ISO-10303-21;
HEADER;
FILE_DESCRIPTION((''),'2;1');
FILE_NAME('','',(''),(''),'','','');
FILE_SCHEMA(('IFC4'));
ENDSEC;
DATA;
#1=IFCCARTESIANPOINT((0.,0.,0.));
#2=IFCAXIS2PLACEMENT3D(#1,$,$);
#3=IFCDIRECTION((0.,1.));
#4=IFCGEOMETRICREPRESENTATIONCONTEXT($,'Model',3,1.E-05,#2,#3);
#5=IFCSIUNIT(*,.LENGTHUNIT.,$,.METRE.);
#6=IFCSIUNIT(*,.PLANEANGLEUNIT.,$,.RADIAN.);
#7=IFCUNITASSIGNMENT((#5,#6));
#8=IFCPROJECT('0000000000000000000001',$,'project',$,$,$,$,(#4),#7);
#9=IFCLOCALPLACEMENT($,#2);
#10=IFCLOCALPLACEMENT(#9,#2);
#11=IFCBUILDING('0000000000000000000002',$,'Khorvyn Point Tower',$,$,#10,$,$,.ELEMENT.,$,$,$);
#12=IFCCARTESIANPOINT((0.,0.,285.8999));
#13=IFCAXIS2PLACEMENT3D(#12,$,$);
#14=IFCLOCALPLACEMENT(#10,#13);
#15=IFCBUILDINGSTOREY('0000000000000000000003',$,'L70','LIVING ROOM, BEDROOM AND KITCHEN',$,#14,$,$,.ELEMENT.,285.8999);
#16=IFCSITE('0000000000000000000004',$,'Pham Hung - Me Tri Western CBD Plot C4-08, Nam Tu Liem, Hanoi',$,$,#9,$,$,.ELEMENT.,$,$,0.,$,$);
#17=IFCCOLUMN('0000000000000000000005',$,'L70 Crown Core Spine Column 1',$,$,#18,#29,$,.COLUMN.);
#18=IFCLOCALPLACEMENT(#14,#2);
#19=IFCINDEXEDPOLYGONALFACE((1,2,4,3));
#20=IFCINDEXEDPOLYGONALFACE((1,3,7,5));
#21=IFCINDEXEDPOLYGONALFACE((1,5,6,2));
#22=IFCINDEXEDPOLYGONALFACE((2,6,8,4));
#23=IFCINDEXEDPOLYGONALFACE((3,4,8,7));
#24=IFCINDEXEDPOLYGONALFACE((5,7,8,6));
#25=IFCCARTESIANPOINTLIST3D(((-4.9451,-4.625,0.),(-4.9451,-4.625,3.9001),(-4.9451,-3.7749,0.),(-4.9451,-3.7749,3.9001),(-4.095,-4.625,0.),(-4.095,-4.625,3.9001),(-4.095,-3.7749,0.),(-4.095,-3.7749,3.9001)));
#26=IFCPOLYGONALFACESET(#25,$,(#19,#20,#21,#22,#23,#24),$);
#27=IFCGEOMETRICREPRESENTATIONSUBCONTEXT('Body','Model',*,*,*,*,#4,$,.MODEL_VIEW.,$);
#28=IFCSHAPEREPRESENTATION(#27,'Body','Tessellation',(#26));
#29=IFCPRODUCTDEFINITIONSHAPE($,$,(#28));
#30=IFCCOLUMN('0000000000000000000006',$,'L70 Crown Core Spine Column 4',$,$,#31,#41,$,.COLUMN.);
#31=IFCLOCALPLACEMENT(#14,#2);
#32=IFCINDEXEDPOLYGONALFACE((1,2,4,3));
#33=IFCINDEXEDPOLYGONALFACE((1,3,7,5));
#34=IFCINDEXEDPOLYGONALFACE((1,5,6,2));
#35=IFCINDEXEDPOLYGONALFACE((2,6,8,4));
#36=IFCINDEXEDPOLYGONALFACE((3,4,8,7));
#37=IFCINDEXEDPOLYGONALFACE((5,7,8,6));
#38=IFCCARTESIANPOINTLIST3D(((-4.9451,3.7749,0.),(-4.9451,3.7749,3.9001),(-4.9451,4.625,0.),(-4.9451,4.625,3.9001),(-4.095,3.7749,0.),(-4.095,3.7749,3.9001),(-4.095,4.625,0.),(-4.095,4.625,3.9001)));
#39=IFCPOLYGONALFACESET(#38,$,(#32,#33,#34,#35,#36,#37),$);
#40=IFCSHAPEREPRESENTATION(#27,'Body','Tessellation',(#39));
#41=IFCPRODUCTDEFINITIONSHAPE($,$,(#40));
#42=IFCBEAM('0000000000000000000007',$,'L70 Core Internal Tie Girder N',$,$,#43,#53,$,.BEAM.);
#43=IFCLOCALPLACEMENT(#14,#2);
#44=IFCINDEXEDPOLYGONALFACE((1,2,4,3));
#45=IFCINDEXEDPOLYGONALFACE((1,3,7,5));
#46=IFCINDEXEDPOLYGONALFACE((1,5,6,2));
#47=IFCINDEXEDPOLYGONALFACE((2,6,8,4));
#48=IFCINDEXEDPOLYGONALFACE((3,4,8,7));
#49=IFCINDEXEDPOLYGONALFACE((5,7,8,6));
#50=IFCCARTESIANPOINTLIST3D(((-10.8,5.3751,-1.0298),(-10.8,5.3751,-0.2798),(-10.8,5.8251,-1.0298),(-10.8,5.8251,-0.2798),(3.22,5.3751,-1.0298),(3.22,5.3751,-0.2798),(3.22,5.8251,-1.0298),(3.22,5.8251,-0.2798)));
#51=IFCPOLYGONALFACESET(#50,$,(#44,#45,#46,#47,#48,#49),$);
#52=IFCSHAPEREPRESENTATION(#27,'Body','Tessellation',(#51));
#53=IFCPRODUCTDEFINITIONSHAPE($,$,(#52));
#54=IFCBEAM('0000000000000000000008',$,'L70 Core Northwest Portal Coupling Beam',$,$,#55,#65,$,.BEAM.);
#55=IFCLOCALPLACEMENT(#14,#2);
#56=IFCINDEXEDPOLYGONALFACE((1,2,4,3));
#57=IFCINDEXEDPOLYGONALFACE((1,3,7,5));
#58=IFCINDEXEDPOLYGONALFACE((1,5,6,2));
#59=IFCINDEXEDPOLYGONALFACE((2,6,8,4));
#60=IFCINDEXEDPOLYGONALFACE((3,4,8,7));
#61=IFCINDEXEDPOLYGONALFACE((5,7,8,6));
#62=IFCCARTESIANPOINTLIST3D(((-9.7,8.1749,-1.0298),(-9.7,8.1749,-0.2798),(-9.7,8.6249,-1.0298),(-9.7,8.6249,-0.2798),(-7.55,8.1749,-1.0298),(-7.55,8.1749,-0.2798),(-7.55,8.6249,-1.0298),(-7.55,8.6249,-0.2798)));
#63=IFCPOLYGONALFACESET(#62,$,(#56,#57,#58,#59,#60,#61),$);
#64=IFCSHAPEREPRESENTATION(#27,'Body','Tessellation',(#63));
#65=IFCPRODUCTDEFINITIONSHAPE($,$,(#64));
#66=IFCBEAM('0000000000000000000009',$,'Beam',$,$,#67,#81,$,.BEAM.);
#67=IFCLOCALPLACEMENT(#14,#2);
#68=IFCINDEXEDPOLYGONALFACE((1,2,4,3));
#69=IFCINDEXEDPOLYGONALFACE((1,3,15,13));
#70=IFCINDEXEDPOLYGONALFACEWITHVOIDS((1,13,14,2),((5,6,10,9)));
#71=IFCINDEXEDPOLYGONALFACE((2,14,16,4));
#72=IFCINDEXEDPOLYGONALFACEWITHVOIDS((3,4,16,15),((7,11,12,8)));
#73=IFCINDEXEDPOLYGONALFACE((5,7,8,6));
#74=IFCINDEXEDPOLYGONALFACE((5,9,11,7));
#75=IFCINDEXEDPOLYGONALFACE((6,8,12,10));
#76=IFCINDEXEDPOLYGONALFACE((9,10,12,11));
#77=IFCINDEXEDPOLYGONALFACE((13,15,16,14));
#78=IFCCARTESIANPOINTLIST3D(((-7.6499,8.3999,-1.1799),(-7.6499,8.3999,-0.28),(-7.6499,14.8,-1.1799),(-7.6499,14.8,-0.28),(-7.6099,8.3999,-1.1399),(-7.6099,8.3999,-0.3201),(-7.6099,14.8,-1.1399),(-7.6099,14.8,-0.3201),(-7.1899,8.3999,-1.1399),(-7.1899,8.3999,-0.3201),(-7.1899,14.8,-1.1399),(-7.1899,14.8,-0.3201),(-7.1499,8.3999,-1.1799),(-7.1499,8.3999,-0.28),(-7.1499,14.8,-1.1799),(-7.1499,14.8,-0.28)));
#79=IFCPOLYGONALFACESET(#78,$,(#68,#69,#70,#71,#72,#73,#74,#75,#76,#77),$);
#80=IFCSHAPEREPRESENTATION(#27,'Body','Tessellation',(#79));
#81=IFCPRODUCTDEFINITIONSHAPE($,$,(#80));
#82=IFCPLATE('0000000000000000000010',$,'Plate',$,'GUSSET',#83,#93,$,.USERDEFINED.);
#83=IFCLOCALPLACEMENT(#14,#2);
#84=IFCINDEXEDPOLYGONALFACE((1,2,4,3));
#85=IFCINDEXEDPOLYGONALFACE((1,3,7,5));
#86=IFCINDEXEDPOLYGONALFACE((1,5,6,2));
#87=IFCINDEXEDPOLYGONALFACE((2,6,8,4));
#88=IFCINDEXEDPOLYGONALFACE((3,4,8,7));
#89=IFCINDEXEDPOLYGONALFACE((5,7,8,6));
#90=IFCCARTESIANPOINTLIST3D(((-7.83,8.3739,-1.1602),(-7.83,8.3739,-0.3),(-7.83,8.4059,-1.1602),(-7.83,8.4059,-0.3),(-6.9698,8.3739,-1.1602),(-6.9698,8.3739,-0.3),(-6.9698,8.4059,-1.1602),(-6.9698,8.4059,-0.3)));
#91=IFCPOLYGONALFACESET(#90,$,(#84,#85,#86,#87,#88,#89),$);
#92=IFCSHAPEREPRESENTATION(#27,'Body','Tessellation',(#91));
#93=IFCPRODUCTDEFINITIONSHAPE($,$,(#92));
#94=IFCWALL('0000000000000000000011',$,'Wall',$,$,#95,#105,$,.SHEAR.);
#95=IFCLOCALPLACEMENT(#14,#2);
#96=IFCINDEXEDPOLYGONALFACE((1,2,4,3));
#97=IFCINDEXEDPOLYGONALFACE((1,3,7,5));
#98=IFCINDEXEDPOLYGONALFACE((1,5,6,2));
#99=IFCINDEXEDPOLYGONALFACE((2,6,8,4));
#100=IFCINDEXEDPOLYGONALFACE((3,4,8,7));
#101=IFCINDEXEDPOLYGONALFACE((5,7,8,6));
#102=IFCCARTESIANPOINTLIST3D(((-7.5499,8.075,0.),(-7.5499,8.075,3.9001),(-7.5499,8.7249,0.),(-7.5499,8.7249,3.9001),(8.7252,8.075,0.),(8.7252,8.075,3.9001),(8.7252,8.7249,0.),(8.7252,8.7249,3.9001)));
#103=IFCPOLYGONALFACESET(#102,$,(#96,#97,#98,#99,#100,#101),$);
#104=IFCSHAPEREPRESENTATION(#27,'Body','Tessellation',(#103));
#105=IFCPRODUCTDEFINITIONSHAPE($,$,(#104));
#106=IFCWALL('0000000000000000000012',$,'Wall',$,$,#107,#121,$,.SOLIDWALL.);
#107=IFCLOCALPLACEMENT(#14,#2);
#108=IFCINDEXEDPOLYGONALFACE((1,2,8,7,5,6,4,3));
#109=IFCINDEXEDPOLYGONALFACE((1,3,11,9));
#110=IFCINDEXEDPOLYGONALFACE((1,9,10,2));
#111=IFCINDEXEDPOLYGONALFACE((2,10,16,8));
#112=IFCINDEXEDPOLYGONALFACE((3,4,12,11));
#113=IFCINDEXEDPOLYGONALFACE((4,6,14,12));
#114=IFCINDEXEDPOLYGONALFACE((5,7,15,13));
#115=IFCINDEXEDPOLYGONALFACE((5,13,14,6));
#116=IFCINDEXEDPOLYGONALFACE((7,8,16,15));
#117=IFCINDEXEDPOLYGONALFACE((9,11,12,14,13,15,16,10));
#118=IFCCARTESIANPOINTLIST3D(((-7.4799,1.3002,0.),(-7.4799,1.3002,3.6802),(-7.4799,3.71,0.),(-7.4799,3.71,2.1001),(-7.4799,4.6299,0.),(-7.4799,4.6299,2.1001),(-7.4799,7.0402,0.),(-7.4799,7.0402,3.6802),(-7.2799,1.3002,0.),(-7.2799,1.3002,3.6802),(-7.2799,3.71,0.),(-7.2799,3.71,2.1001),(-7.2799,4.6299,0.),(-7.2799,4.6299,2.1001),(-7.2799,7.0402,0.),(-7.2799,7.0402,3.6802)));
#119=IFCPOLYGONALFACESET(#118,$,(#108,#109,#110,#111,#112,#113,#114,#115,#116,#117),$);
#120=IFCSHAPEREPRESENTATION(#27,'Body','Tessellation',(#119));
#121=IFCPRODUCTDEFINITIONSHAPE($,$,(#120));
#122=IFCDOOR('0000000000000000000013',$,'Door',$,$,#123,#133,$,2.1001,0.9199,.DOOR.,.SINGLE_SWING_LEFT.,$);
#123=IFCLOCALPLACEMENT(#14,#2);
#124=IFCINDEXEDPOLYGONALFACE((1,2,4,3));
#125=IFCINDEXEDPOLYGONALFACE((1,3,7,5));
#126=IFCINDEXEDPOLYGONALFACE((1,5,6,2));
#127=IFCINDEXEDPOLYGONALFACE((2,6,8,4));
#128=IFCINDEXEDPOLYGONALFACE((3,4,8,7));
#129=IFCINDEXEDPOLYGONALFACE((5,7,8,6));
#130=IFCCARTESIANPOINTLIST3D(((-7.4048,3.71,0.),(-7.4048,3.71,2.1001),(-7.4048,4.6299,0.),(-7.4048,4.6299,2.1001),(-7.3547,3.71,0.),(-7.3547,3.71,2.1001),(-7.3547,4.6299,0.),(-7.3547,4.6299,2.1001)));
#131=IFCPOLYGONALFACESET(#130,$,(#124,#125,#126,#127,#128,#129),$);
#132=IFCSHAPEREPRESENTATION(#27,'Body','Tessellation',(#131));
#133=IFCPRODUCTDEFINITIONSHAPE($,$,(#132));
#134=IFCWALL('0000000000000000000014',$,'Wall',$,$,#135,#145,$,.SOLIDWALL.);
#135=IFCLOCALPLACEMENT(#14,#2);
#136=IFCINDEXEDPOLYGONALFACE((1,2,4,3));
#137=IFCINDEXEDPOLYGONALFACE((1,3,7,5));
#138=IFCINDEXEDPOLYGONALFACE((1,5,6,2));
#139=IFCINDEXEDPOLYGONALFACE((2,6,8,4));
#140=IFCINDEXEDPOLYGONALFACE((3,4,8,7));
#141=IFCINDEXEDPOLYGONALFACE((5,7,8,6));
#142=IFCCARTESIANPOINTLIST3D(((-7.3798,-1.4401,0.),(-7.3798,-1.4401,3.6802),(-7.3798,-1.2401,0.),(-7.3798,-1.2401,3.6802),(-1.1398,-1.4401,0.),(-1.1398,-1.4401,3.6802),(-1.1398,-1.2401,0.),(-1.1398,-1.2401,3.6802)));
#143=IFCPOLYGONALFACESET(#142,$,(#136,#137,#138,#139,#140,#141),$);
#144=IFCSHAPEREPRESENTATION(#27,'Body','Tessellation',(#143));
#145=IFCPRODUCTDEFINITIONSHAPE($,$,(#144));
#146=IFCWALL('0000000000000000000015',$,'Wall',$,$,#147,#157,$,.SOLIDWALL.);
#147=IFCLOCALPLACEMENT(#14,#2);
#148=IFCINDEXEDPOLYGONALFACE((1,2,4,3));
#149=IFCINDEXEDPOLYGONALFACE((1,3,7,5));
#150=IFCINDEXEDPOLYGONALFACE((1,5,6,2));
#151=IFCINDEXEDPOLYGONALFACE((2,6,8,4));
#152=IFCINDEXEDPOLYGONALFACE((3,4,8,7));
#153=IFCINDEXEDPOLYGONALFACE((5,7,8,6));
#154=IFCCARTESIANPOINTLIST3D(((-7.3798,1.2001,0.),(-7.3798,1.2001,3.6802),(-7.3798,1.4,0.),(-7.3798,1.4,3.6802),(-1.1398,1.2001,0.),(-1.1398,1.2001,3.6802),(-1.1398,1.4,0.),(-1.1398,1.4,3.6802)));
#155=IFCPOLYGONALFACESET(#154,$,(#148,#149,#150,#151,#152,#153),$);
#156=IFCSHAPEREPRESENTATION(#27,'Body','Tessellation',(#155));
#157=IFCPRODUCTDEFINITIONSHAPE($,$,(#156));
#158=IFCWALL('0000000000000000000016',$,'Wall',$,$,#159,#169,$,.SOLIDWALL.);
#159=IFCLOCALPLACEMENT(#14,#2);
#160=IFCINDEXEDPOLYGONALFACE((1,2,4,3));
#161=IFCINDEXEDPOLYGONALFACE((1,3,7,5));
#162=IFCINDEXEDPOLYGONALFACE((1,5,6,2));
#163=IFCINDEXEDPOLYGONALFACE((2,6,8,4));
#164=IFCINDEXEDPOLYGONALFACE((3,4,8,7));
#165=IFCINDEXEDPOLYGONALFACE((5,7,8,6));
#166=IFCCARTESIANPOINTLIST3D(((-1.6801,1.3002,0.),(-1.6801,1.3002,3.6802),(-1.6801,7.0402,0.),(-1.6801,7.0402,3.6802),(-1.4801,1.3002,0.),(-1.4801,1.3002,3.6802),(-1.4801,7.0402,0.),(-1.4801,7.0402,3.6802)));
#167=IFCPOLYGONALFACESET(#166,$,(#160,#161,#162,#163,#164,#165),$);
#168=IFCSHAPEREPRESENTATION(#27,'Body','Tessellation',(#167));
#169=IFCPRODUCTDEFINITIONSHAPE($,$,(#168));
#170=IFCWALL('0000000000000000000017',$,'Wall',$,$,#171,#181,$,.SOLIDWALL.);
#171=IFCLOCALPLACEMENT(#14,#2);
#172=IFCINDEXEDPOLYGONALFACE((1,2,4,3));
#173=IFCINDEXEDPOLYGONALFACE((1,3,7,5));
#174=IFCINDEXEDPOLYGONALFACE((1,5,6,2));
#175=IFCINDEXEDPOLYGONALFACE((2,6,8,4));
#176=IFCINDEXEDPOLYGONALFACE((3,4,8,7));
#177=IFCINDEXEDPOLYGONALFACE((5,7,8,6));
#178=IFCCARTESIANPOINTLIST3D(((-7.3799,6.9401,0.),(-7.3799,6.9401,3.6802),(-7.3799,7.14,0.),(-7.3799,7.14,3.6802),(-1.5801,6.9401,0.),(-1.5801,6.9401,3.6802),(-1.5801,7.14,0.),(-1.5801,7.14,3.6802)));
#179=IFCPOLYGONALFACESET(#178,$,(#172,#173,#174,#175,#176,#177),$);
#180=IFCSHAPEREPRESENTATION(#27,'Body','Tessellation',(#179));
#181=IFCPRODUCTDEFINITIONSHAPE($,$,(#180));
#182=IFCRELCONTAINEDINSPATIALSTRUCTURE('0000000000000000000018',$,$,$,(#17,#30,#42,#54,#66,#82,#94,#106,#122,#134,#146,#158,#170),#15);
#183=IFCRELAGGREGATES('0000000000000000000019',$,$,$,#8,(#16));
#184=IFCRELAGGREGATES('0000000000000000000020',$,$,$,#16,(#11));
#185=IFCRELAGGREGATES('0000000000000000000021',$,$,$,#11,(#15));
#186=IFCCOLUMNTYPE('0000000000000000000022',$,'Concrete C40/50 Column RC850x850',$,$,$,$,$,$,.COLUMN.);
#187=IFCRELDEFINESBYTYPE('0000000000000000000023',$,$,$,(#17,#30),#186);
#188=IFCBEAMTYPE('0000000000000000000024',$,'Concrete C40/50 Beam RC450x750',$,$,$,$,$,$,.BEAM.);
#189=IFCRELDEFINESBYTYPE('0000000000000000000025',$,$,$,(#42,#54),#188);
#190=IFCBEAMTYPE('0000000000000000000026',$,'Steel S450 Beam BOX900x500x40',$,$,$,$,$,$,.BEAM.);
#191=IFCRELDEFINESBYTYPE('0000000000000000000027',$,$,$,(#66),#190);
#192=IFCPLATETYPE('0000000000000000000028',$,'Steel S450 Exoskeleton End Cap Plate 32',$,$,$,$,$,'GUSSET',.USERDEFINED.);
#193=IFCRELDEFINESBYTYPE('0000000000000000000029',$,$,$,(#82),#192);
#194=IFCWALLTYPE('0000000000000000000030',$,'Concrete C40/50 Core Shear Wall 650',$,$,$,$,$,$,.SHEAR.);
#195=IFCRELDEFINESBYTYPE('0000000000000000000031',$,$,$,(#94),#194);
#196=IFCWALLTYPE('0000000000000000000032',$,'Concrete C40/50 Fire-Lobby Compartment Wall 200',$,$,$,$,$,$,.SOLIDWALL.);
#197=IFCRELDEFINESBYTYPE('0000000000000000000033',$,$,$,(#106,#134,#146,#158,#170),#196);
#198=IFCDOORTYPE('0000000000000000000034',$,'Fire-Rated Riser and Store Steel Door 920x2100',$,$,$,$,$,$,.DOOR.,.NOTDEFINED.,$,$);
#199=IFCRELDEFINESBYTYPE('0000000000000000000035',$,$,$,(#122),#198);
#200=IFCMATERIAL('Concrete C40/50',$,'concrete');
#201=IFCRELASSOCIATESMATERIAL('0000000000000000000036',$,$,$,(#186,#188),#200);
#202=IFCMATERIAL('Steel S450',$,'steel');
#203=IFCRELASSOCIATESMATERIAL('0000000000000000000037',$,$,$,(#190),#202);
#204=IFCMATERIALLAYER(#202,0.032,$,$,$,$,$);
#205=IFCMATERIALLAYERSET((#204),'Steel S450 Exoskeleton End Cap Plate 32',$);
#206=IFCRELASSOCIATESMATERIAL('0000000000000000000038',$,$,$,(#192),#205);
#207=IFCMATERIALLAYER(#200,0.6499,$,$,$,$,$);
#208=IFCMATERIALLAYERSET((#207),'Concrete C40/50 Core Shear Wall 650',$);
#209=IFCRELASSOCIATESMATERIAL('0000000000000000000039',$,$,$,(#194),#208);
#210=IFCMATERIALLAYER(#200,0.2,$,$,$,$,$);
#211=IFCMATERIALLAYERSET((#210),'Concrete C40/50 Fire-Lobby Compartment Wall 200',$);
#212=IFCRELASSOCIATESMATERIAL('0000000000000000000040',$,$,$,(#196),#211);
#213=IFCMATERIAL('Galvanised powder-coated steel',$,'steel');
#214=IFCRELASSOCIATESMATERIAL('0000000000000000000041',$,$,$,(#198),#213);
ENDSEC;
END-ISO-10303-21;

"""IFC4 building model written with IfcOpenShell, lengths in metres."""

from ifc_helpers import new_model, si_unit, direction, frame, frame_2d, origin, origin_2d, place, context, subcontext, project, spatial, rectangle, hollow_rectangle, extrude, material, layer, layer_set, material_profile, profile_set, type_object, element, fill, save


model = new_model("IFC4")

# Units and contexts
model_context = context("Model", 3, precision=1e-05, world=origin(), true_north=direction((0.0, 1.0)))
body_context = subcontext(model_context, "Body", "Model", "MODEL_VIEW")
ifc_project = project(units=[si_unit("LENGTHUNIT", "METRE"), si_unit("PLANEANGLEUNIT", "RADIAN")], contexts=[model_context])

# Site, building, storey
site_placement = place(None, origin())
site = spatial("IfcSite", under=ifc_project, at=site_placement, Name="Pham Hung - Me Tri Western CBD Plot C4-08, Nam Tu Liem, Hanoi", CompositionType="ELEMENT", RefElevation=0.0)
building_placement = place(site_placement, origin())
building = spatial("IfcBuilding", under=site, at=building_placement, Name="Khorvyn Point Tower", CompositionType="ELEMENT")
storey_placement = place(building_placement, frame((0.0, 0.0, 285.8999)))
storey = spatial("IfcBuildingStorey", under=building, at=storey_placement, Name="L70", Description="LIVING ROOM, BEDROOM AND KITCHEN", CompositionType="ELEMENT", Elevation=285.8999)

# Columns
ifc_material_1 = material(Name="Concrete C40/50", Category="concrete")
ifc_material_profile_1 = material_profile(ifc_material_1, rectangle(XDim=0.8501, YDim=0.8501, at=origin_2d()))
ifc_profile_set_1 = profile_set([ifc_material_profile_1], Name="Concrete C40/50 RC850x850")
column_type = type_object("IfcColumnType", Name="Concrete C40/50 Column RC850x850", PredefinedType="COLUMN", material=ifc_profile_set_1)
for number, where, z_axis, x_axis, name in (
    (1, (-4.52, -4.2, 0.0), (0.0, 0.0, 1.0), (1.0, 0.0, 0.0), "L70 Crown Core Spine Column 1"),
    (2, (-4.52, 4.2, 0.0), (0.0, 0.0, 1.0), (1.0, 0.0, 0.0), "L70 Crown Core Spine Column 4"),
):
    element("IfcColumn", number, at=place(storey_placement, frame(where, z_axis=z_axis, x_axis=x_axis)), inside=storey, type_object=column_type, Name=name, PredefinedType="COLUMN", context=body_context, shape_type="SweptSolid", body=[
        extrude(rectangle(XDim=0.8501, YDim=0.8501, at=origin_2d()), origin(), (0.0, 0.0, 1.0), 3.9001),
    ])

# Beams
ifc_material_profile_2 = material_profile(ifc_material_1, rectangle(XDim=0.45, YDim=0.75, at=origin_2d()))
ifc_profile_set_2 = profile_set([ifc_material_profile_2], Name="Concrete C40/50 RC450x750")
beam_type_1 = type_object("IfcBeamType", Name="Concrete C40/50 Beam RC450x750", PredefinedType="BEAM", material=ifc_profile_set_2)
beam_1_placement = place(storey_placement, frame((-10.8, 5.6001, -0.6548), z_axis=(1.0, 0.0, 0.0), x_axis=(0.0, 1.0, 0.0)))
element("IfcBeam", 3, at=beam_1_placement, inside=storey, type_object=beam_type_1, Name="L70 Core Internal Tie Girder N", PredefinedType="BEAM", context=body_context, shape_type="SweptSolid", body=[
    extrude(rectangle(XDim=0.45, YDim=0.75, at=origin_2d()), origin(), (0.0, 0.0, 1.0), 14.02),
])
beam_2_placement = place(storey_placement, frame((-9.7, 8.3999, -0.6548), z_axis=(1.0, 0.0, 0.0), x_axis=(0.0, 1.0, 0.0)))
element("IfcBeam", 4, at=beam_2_placement, inside=storey, type_object=beam_type_1, Name="L70 Core Northwest Portal Coupling Beam", PredefinedType="BEAM", context=body_context, shape_type="SweptSolid", body=[
    extrude(rectangle(XDim=0.45, YDim=0.75, at=origin_2d()), origin(), (0.0, 0.0, 1.0), 2.1499),
])
ifc_material_2 = material(Name="Steel S450", Category="steel")
ifc_material_profile_3 = material_profile(ifc_material_2, hollow_rectangle(XDim=0.5, YDim=0.8999, WallThickness=0.04, at=origin_2d()))
ifc_profile_set_3 = profile_set([ifc_material_profile_3], Name="Steel S450 BOX900x500x40")
beam_type_2 = type_object("IfcBeamType", Name="Steel S450 Beam BOX900x500x40", PredefinedType="BEAM", material=ifc_profile_set_3)
beam_3_placement = place(storey_placement, frame((-7.3999, 8.3999, -0.73), z_axis=(0.0, 1.0, 0.0), x_axis=(-1.0, 0.0, 0.0)))
element("IfcBeam", 5, at=beam_3_placement, inside=storey, type_object=beam_type_2, Name="Beam", PredefinedType="BEAM", context=body_context, shape_type="SweptSolid", body=[
    extrude(hollow_rectangle(XDim=0.5, YDim=0.8999, WallThickness=0.04, at=origin_2d()), origin(), (0.0, 0.0, 1.0), 6.4001),
])

# Plate
ifc_layer_1 = layer(ifc_material_2, 0.032)
ifc_layer_set_1 = layer_set([ifc_layer_1], Name="Steel S450 Exoskeleton End Cap Plate 32")
plate_type = type_object("IfcPlateType", Name="Steel S450 Exoskeleton End Cap Plate 32", ElementType="GUSSET", PredefinedType="USERDEFINED", material=ifc_layer_set_1)
plate_placement = place(storey_placement, frame((-7.3999, 8.3899, -1.1602), z_axis=(0.0, 0.0, 1.0), x_axis=(1.0, 0.0, 0.0)))
element("IfcPlate", 6, at=plate_placement, inside=storey, type_object=plate_type, Name="Plate", ObjectType="GUSSET", PredefinedType="USERDEFINED", context=body_context, shape_type="SweptSolid", body=[
    extrude(rectangle(XDim=0.8601, YDim=0.032, at=origin_2d()), origin(), (0.0, 0.0, 1.0), 0.8601),
])

# Wall
ifc_layer_2 = layer(ifc_material_1, 0.6499)
ifc_layer_set_2 = layer_set([ifc_layer_2], Name="Concrete C40/50 Core Shear Wall 650")
wall_type_1 = type_object("IfcWallType", Name="Concrete C40/50 Core Shear Wall 650", PredefinedType="SHEAR", material=ifc_layer_set_2)
wall_1_placement = place(storey_placement, frame((-7.55, 8.3999, 0.0), z_axis=(0.0, 0.0, 1.0), x_axis=(1.0, 0.0, 0.0)))
element("IfcWall", 7, at=wall_1_placement, inside=storey, type_object=wall_type_1, Name="Wall", PredefinedType="SHEAR", context=body_context, shape_type="SweptSolid", body=[
    extrude(rectangle(XDim=16.2751, YDim=0.6499, at=frame_2d((8.1377, 0.0))), origin(), (0.0, 0.0, 1.0), 3.9001),
])

# Wall, opening, door
ifc_layer_3 = layer(ifc_material_1, 0.2)
ifc_layer_set_3 = layer_set([ifc_layer_3], Name="Concrete C40/50 Fire-Lobby Compartment Wall 200")
wall_type_2 = type_object("IfcWallType", Name="Concrete C40/50 Fire-Lobby Compartment Wall 200", PredefinedType="SOLIDWALL", material=ifc_layer_set_3)
ifc_material_3 = material(Name="Galvanised powder-coated steel", Category="steel")
wall_2_placement = place(storey_placement, frame((-7.3799, 1.3, 0.0), z_axis=(0.0, 0.0, 1.0), x_axis=(0.0, 1.0, 0.0)))
wall_2 = element("IfcWall", 8, at=wall_2_placement, inside=storey, type_object=wall_type_2, Name="Wall", PredefinedType="SOLIDWALL", context=body_context, shape_type="SweptSolid", body=[
    extrude(rectangle(XDim=5.74, YDim=0.2, at=frame_2d((2.8701, 0.0))), origin(), (0.0, 0.0, 1.0), 3.6802),
])
opening_1_placement = place(wall_2_placement, frame((2.4099, 0.0, 0.0)))
opening_1 = element("IfcOpeningElement", 9, at=opening_1_placement, cuts=wall_2, PredefinedType="OPENING", context=body_context, shape_type="SweptSolid", body=[
    extrude(rectangle(XDim=0.9199, YDim=2.1001, at=frame_2d((0.46, 1.05))), frame((0.0, 0.1099, 0.0), z_axis=(0.0, -1.0, 0.0), x_axis=(1.0, 0.0, 0.0)), (0.0, 0.0, 1.0), 0.22),
])
door_type_1 = type_object("IfcDoorType", Name="Fire-Rated Riser and Store Steel Door 920x2100", OperationType="NOTDEFINED", PredefinedType="DOOR", material=ifc_material_3)
door_1_placement = place(opening_1_placement, origin())
door_1 = element("IfcDoor", 10, at=door_1_placement, inside=storey, type_object=door_type_1, Name="Door", OperationType="SINGLE_SWING_LEFT", OverallHeight=2.1001, OverallWidth=0.9199, PredefinedType="DOOR", context=body_context, shape_type="SweptSolid", body=[
    extrude(rectangle(XDim=0.9199, YDim=2.1001, at=frame_2d((0.46, 1.05))), frame((0.0, 0.0249, 0.0), z_axis=(0.0, -1.0, 0.0), x_axis=(1.0, 0.0, 0.0)), (0.0, 0.0, 1.0), 0.05),
])
fill(opening_1, door_1)

# Walls
for number, where, z_axis, x_axis, name in (
    (11, (-7.3799, -1.3401, 0.0), (0.0, 0.0, 1.0), (1.0, 0.0, 0.0), "Wall"),
    (12, (-7.3799, 1.3, 0.0), (0.0, 0.0, 1.0), (1.0, 0.0, 0.0), "Wall"),
):
    element("IfcWall", number, at=place(storey_placement, frame(where, z_axis=z_axis, x_axis=x_axis)), inside=storey, type_object=wall_type_2, Name=name, PredefinedType="SOLIDWALL", context=body_context, shape_type="SweptSolid", body=[
        extrude(rectangle(XDim=6.24, YDim=0.2, at=frame_2d((3.1201, 0.0))), origin(), (0.0, 0.0, 1.0), 3.6802),
    ])
wall_3_placement = place(storey_placement, frame((-1.5801, 1.3, 0.0), z_axis=(0.0, 0.0, 1.0), x_axis=(0.0, 1.0, 0.0)))
element("IfcWall", 13, at=wall_3_placement, inside=storey, type_object=wall_type_2, Name="Wall", PredefinedType="SOLIDWALL", context=body_context, shape_type="SweptSolid", body=[
    extrude(rectangle(XDim=5.74, YDim=0.2, at=frame_2d((2.8701, 0.0))), origin(), (0.0, 0.0, 1.0), 3.6802),
])
wall_4_placement = place(storey_placement, frame((-7.3799, 7.04, 0.0), z_axis=(0.0, 0.0, 1.0), x_axis=(1.0, 0.0, 0.0)))
element("IfcWall", 14, at=wall_4_placement, inside=storey, type_object=wall_type_2, Name="Wall", PredefinedType="SOLIDWALL", context=body_context, shape_type="SweptSolid", body=[
    extrude(rectangle(XDim=5.7998, YDim=0.2, at=frame_2d((2.8999, 0.0))), origin(), (0.0, 0.0, 1.0), 3.6802),
])

save(model, "model.ifc")
